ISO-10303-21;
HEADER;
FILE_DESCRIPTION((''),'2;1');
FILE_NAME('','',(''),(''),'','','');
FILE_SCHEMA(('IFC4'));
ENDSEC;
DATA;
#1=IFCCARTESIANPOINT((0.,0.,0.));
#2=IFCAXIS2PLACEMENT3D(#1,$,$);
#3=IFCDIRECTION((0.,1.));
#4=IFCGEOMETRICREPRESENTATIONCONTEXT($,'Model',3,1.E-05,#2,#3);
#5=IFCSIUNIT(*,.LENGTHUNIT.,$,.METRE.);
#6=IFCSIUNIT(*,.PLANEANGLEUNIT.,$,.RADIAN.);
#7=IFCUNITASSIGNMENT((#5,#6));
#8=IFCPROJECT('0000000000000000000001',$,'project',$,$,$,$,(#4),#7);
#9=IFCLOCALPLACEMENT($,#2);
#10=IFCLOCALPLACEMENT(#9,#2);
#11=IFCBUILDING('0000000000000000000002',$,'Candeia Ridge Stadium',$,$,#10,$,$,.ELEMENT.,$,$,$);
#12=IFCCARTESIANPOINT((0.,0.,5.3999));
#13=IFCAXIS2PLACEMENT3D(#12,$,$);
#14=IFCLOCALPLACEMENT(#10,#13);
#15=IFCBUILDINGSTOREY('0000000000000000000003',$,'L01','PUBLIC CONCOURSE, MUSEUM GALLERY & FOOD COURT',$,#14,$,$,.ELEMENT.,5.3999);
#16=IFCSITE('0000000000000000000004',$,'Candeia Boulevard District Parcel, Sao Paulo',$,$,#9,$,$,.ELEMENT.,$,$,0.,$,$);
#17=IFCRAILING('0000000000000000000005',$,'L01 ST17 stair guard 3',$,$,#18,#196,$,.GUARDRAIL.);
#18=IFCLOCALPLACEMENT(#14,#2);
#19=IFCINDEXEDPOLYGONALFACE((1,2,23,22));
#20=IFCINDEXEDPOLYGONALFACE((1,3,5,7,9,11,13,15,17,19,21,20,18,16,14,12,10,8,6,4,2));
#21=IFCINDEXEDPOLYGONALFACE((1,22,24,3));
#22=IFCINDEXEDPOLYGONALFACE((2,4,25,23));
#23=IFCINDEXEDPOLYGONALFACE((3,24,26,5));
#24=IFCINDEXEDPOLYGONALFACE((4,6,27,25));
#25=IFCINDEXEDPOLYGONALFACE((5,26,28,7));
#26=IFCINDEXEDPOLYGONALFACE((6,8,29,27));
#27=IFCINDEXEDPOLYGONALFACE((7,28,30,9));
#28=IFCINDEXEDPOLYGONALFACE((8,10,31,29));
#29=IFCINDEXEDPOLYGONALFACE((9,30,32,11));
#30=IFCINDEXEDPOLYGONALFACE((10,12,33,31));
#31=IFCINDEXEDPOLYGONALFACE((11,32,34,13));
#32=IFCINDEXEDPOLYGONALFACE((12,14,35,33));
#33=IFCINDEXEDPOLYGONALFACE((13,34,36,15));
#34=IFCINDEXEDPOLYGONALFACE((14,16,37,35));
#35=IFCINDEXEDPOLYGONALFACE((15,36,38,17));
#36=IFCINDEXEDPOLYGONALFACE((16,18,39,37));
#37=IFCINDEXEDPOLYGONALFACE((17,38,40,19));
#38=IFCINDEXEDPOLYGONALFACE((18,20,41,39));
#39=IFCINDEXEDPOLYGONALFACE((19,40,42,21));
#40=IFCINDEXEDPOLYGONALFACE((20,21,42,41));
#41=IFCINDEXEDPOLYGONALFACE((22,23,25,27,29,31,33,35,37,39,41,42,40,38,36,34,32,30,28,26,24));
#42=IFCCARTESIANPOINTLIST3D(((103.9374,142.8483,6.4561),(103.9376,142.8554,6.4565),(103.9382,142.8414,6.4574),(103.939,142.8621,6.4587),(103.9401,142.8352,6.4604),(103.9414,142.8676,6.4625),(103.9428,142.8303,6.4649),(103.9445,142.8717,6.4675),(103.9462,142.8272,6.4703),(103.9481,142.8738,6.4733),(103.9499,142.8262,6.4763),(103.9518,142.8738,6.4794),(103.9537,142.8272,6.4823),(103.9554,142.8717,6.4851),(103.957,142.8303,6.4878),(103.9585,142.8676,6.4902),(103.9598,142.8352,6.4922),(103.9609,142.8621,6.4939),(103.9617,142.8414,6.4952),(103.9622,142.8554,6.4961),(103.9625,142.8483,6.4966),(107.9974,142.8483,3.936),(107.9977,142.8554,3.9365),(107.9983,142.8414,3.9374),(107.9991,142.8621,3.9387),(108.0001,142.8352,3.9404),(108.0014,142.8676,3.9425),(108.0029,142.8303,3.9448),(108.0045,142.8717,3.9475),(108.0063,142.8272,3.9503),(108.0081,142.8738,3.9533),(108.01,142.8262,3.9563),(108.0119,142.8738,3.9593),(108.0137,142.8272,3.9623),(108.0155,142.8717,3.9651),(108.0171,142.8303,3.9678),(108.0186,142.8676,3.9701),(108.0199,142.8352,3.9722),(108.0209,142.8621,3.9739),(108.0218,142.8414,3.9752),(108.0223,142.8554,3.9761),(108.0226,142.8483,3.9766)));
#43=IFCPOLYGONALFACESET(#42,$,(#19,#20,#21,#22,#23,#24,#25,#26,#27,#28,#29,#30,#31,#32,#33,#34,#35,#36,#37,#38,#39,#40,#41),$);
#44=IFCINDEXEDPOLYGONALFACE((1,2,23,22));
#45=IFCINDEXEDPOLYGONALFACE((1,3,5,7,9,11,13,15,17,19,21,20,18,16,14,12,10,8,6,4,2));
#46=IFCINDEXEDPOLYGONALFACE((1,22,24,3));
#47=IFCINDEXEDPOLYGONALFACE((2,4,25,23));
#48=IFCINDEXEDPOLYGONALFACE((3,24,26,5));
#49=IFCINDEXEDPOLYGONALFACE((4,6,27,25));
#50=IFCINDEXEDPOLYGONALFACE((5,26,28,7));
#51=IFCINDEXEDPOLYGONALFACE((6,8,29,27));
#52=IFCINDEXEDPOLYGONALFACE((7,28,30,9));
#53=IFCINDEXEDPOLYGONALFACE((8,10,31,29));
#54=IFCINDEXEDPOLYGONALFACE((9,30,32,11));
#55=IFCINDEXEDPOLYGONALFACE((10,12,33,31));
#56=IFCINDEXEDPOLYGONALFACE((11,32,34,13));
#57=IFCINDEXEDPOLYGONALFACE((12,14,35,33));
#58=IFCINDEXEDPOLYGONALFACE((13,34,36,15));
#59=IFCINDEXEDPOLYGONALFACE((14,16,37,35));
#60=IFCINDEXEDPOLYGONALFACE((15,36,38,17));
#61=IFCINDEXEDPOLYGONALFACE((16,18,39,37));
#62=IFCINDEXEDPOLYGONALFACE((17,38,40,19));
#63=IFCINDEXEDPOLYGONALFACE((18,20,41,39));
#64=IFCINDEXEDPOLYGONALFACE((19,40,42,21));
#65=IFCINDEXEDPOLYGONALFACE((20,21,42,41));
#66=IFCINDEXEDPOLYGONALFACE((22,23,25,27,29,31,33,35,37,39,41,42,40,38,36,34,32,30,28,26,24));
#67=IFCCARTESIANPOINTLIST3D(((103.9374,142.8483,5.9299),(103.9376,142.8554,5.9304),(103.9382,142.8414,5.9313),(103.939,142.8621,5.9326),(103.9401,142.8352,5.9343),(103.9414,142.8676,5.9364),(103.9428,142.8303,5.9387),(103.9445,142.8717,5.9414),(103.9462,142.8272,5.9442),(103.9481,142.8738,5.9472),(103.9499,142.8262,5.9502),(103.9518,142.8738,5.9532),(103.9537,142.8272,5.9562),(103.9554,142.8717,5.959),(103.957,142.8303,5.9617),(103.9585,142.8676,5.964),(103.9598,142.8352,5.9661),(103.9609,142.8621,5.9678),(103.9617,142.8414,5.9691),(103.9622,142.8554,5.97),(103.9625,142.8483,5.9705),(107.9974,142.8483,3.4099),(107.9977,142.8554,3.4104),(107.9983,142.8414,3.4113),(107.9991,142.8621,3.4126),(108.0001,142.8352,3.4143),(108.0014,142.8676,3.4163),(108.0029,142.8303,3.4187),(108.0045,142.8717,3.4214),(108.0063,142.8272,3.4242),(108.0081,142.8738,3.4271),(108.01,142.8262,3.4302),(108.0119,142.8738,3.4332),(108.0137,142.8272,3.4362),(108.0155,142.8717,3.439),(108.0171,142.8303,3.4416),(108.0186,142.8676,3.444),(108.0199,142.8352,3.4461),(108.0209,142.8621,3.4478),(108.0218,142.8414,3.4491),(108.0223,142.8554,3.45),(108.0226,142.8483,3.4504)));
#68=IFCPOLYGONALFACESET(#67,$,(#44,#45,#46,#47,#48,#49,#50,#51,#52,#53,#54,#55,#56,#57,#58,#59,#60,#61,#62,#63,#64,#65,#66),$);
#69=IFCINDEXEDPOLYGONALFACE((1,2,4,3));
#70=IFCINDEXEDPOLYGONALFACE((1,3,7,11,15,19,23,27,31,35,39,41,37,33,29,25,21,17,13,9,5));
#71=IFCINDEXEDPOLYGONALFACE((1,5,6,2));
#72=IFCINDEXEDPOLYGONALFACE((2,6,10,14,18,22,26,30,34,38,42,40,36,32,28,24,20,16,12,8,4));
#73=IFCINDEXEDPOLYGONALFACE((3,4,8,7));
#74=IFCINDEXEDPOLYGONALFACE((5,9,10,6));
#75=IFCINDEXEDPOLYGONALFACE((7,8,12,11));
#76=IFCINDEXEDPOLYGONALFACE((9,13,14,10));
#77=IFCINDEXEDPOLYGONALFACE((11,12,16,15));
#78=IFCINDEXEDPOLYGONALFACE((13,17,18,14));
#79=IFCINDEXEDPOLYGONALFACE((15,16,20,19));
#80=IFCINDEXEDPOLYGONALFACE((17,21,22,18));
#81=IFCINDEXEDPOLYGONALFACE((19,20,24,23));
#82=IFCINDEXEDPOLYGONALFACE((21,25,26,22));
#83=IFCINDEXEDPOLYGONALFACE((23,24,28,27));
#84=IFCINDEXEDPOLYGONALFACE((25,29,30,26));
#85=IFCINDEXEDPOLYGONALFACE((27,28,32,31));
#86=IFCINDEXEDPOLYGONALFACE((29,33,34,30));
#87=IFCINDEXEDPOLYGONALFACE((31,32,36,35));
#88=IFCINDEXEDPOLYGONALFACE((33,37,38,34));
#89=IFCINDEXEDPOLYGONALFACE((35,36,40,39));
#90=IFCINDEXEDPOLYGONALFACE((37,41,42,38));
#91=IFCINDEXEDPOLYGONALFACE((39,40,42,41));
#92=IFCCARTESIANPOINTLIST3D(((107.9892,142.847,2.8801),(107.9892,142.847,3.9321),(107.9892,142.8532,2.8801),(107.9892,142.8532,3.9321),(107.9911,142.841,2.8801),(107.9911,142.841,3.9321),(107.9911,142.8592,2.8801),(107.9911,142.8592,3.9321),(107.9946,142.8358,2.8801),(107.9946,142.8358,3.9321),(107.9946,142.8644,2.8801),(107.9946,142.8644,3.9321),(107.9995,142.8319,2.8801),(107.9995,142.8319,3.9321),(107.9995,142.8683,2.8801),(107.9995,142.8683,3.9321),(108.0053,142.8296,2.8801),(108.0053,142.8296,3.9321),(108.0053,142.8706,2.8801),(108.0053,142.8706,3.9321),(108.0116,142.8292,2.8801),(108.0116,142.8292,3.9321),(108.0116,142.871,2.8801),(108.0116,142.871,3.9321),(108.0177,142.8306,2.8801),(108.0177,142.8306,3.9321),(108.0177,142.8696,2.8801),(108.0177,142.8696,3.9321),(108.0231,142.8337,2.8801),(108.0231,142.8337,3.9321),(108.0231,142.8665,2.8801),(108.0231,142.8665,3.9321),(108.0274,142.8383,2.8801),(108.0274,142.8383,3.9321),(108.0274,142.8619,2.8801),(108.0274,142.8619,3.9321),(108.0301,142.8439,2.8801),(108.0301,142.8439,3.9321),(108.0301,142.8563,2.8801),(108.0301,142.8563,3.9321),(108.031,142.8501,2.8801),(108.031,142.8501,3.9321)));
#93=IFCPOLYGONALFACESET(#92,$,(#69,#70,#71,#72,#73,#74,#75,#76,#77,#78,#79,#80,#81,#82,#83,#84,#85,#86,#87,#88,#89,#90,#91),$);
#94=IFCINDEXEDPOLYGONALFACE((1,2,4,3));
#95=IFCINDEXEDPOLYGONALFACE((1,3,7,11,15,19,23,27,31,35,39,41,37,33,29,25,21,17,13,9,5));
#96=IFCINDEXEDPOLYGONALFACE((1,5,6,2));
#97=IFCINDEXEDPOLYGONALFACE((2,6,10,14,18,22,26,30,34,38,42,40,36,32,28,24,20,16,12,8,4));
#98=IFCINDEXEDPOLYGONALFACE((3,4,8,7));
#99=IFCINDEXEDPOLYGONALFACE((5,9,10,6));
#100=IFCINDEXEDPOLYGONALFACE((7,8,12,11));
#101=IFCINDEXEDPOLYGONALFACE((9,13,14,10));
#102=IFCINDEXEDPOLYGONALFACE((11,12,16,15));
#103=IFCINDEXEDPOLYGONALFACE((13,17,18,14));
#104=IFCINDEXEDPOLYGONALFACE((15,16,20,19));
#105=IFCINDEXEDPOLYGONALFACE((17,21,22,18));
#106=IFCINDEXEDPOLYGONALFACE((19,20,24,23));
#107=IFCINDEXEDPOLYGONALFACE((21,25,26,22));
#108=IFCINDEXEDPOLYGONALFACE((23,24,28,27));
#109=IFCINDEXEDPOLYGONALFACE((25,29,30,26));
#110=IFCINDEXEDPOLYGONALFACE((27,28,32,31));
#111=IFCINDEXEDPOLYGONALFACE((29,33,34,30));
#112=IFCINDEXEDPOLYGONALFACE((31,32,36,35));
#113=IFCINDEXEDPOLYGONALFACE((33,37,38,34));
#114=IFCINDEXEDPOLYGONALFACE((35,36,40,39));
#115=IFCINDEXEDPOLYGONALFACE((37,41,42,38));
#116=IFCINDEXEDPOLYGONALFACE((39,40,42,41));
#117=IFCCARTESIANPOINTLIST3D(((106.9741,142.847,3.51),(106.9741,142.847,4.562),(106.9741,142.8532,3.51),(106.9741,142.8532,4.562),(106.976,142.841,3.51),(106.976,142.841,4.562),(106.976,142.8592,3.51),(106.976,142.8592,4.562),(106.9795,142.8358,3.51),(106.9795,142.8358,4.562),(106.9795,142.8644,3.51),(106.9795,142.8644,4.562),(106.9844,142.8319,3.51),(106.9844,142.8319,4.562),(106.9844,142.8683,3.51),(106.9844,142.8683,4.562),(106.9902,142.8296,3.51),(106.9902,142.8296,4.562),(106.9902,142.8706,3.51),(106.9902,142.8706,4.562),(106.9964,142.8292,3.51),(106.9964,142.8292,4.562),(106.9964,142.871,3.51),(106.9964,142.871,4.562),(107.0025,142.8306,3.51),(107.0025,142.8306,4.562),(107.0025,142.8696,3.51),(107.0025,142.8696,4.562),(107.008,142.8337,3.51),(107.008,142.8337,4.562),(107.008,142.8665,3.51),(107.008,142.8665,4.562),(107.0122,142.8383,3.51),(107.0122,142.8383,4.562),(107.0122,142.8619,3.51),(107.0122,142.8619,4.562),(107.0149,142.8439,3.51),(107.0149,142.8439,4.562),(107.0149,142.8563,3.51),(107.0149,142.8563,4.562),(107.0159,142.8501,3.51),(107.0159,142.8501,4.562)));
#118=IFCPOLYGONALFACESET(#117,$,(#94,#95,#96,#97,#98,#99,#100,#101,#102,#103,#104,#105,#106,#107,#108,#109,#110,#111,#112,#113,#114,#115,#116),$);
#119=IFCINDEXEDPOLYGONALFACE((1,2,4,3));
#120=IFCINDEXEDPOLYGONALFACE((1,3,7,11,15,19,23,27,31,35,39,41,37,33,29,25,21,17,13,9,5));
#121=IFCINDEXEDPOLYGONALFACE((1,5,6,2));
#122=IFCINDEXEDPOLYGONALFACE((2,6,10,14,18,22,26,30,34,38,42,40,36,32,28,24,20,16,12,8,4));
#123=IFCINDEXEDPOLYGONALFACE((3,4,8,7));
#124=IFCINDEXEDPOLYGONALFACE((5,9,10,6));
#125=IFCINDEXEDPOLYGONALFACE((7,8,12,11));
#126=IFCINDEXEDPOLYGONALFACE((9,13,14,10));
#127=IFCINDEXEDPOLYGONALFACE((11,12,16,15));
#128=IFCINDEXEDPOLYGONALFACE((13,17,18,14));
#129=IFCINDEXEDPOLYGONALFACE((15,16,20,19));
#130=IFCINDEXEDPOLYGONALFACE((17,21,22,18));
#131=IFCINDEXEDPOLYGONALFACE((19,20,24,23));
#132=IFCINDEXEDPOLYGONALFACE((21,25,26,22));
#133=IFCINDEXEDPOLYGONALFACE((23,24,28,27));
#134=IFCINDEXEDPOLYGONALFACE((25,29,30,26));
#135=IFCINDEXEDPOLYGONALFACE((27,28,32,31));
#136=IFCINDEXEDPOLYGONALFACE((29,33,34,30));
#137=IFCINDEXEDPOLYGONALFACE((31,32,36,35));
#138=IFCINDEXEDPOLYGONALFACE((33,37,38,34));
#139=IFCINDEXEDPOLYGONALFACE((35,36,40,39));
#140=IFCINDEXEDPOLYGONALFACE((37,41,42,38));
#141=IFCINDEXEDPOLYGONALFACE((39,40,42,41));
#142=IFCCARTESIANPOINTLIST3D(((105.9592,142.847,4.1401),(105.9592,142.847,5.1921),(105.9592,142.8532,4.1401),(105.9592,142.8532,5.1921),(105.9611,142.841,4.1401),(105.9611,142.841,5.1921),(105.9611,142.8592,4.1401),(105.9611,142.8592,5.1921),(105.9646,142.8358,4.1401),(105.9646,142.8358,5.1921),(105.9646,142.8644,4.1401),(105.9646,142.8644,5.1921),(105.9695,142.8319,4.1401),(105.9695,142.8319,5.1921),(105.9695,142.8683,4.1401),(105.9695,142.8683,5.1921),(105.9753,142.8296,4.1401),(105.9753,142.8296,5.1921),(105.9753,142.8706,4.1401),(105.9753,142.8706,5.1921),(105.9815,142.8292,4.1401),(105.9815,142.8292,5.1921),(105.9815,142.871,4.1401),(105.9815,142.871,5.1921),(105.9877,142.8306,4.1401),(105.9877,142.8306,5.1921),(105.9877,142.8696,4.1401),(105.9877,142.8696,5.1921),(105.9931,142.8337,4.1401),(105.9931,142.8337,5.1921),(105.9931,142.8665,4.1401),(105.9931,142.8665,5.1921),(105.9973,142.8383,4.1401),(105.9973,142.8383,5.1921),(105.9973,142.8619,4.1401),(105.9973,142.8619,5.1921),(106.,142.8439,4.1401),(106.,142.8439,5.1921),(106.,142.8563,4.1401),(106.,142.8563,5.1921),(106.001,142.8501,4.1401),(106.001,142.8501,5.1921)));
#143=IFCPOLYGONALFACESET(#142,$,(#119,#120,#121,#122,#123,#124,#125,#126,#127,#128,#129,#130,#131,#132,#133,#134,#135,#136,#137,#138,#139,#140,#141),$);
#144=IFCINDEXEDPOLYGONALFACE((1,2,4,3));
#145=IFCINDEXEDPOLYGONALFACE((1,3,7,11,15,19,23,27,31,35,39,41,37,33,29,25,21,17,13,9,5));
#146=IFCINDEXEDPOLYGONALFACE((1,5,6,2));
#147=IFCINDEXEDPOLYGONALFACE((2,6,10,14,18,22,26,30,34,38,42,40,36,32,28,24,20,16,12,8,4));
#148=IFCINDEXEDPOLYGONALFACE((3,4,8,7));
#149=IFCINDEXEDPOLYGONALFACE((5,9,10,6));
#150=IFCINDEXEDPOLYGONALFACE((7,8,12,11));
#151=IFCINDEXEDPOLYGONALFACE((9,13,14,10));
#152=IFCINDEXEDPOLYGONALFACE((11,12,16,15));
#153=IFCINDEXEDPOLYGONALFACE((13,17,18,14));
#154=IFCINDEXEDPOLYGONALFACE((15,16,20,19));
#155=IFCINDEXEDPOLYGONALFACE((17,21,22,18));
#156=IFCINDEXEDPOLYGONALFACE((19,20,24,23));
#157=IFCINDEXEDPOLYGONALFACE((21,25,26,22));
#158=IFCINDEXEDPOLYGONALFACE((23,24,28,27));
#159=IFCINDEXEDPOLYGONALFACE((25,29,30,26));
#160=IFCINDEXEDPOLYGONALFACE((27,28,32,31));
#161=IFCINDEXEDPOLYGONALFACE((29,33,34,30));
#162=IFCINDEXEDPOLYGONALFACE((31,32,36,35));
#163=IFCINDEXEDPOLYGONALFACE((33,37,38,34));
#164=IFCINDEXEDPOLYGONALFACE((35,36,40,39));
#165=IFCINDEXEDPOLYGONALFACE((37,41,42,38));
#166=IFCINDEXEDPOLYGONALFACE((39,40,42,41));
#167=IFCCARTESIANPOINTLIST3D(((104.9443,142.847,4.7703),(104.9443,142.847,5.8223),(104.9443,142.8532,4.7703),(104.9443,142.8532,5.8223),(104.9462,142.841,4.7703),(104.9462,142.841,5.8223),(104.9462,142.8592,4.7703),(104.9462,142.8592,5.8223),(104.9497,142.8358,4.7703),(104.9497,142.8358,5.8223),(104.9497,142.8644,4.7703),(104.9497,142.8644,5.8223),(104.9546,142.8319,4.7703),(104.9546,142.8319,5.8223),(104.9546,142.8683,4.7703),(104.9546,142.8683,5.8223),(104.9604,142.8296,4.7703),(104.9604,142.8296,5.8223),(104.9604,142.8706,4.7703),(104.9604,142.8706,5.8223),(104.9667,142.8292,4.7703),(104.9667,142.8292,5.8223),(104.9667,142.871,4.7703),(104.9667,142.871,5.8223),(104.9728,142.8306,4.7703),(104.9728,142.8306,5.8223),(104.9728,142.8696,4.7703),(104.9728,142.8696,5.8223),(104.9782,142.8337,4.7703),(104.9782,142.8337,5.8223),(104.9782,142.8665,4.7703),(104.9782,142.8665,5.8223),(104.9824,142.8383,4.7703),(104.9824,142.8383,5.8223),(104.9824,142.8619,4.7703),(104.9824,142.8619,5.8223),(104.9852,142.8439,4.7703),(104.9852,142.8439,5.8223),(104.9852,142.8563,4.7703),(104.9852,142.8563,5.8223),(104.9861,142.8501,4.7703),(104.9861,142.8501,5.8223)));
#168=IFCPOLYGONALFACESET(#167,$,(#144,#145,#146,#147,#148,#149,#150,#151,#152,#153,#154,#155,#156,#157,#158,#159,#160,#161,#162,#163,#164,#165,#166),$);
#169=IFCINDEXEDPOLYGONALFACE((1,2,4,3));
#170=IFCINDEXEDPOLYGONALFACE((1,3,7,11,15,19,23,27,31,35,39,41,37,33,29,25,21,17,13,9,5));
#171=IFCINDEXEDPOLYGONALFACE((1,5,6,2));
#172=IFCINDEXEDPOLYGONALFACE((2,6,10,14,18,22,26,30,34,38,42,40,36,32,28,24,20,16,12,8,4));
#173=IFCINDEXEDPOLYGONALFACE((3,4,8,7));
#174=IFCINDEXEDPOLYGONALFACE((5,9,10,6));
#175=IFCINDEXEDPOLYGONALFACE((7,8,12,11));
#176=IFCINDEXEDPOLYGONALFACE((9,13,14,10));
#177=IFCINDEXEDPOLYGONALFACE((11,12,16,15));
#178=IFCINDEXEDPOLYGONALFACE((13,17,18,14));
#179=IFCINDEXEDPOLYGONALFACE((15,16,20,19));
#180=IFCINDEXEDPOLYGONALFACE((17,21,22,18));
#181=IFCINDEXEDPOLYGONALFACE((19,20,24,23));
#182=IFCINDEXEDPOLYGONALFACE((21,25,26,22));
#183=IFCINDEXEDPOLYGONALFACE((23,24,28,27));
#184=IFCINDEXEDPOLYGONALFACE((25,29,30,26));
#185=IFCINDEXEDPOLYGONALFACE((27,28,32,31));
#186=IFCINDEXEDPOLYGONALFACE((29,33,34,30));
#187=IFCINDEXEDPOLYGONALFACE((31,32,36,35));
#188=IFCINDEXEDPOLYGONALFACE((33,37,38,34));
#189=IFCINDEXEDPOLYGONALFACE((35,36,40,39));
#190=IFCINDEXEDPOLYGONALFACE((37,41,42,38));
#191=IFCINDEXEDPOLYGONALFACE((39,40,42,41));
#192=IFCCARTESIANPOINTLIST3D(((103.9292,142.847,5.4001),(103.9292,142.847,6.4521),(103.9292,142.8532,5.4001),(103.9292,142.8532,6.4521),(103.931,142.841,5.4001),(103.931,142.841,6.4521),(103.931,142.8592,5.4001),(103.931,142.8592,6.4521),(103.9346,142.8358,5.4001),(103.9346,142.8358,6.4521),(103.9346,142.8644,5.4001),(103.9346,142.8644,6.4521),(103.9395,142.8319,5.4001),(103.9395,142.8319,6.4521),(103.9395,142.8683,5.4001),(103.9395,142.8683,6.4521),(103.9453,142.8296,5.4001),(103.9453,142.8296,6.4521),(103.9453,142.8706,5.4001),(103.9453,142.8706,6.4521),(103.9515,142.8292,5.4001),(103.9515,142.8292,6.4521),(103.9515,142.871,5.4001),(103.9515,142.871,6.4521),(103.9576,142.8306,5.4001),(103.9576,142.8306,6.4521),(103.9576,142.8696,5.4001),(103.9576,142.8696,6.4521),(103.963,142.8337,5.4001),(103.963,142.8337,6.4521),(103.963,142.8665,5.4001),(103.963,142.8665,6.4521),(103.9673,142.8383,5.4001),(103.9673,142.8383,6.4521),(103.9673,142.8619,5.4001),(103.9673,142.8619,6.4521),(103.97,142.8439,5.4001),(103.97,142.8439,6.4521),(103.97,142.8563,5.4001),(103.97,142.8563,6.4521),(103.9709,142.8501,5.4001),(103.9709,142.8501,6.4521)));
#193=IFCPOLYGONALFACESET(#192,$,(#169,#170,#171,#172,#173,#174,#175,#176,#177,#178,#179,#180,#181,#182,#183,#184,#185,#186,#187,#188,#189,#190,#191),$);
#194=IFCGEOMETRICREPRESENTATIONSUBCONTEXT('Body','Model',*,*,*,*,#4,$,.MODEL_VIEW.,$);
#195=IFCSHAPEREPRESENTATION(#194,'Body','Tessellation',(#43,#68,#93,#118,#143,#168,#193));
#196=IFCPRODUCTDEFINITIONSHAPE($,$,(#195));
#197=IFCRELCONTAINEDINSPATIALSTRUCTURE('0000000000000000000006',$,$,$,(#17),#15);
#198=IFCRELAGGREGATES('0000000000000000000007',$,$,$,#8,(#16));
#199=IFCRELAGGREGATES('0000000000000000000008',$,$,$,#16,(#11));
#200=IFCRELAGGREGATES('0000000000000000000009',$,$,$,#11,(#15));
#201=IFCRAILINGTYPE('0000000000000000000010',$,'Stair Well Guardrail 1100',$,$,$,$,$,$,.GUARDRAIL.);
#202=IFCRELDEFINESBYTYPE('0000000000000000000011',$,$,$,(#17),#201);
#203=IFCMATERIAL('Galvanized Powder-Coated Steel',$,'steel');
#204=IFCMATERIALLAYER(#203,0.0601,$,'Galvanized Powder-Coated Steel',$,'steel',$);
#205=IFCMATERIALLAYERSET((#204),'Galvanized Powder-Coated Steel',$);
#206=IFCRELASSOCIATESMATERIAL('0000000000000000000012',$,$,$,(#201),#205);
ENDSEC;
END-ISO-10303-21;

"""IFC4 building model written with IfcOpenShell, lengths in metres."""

from ifc_helpers import new_model, si_unit, direction, frame, origin, origin_2d, place, context, subcontext, project, spatial, circle, extrude, material, layer, layer_set, type_object, element, save


model = new_model("IFC4")

# Units and contexts
model_context = context("Model", 3, precision=1e-05, world=origin(), true_north=direction((0.0, 1.0)))
body_context = subcontext(model_context, "Body", "Model", "MODEL_VIEW")
ifc_project = project(units=[si_unit("LENGTHUNIT", "METRE"), si_unit("PLANEANGLEUNIT", "RADIAN")], contexts=[model_context])

# Site, building, storey
site_placement = place(None, origin())
site = spatial("IfcSite", under=ifc_project, at=site_placement, Name="Candeia Boulevard District Parcel, Sao Paulo", CompositionType="ELEMENT", RefElevation=0.0)
building_placement = place(site_placement, origin())
building = spatial("IfcBuilding", under=site, at=building_placement, Name="Candeia Ridge Stadium", CompositionType="ELEMENT")
storey_placement = place(building_placement, frame((0.0, 0.0, 5.3999)))
storey = spatial("IfcBuildingStorey", under=building, at=storey_placement, Name="L01", Description="PUBLIC CONCOURSE, MUSEUM GALLERY & FOOD COURT", CompositionType="ELEMENT", Elevation=5.3999)

# Railing
ifc_material_1 = material(Name="Galvanized Powder-Coated Steel", Category="steel")
ifc_layer_1 = layer(ifc_material_1, 0.0601, Name="Galvanized Powder-Coated Steel", Category="steel")
ifc_layer_set_1 = layer_set([ifc_layer_1], Name="Galvanized Powder-Coated Steel")
railing_type_1 = type_object("IfcRailingType", Name="Stair Well Guardrail 1100", PredefinedType="GUARDRAIL", material=ifc_layer_set_1)
railing_1_placement = place(storey_placement, frame((108.01, 142.8501, 2.8801)))
element("IfcRailing", 1, at=railing_1_placement, inside=storey, type_object=railing_type_1, Name="L01 ST17 stair guard 3", PredefinedType="GUARDRAIL", context=body_context, shape_type="SweptSolid", body=[
    extrude(circle(Radius=0.0239, at=origin_2d()), frame((0.0, 0.0, 1.0762), z_axis=(-0.849642, 0.0, 0.52736), x_axis=(0.0, -1.0, 0.0)), (0.0, 0.0, 1.0), 4.7786),
    extrude(circle(Radius=0.0239, at=origin_2d()), frame((0.0, 0.0, 0.55), z_axis=(-0.849642, 0.0, 0.52736), x_axis=(0.0, -1.0, 0.0)), (0.0, 0.0, 1.0), 4.7786),
    extrude(circle(Radius=0.021, at=origin_2d()), origin(), (0.0, 0.0, 1.0), 1.052),
    extrude(circle(Radius=0.021, at=origin_2d()), frame((-1.0151, 0.0, 0.6299)), (0.0, 0.0, 1.0), 1.052),
    extrude(circle(Radius=0.021, at=origin_2d()), frame((-2.03, 0.0, 1.26)), (0.0, 0.0, 1.0), 1.052),
    extrude(circle(Radius=0.021, at=origin_2d()), frame((-3.0449, 0.0, 1.8901)), (0.0, 0.0, 1.0), 1.052),
    extrude(circle(Radius=0.021, at=origin_2d()), frame((-4.0601, 0.0, 2.52)), (0.0, 0.0, 1.0), 1.052),
])

save(model, "model.ifc")
